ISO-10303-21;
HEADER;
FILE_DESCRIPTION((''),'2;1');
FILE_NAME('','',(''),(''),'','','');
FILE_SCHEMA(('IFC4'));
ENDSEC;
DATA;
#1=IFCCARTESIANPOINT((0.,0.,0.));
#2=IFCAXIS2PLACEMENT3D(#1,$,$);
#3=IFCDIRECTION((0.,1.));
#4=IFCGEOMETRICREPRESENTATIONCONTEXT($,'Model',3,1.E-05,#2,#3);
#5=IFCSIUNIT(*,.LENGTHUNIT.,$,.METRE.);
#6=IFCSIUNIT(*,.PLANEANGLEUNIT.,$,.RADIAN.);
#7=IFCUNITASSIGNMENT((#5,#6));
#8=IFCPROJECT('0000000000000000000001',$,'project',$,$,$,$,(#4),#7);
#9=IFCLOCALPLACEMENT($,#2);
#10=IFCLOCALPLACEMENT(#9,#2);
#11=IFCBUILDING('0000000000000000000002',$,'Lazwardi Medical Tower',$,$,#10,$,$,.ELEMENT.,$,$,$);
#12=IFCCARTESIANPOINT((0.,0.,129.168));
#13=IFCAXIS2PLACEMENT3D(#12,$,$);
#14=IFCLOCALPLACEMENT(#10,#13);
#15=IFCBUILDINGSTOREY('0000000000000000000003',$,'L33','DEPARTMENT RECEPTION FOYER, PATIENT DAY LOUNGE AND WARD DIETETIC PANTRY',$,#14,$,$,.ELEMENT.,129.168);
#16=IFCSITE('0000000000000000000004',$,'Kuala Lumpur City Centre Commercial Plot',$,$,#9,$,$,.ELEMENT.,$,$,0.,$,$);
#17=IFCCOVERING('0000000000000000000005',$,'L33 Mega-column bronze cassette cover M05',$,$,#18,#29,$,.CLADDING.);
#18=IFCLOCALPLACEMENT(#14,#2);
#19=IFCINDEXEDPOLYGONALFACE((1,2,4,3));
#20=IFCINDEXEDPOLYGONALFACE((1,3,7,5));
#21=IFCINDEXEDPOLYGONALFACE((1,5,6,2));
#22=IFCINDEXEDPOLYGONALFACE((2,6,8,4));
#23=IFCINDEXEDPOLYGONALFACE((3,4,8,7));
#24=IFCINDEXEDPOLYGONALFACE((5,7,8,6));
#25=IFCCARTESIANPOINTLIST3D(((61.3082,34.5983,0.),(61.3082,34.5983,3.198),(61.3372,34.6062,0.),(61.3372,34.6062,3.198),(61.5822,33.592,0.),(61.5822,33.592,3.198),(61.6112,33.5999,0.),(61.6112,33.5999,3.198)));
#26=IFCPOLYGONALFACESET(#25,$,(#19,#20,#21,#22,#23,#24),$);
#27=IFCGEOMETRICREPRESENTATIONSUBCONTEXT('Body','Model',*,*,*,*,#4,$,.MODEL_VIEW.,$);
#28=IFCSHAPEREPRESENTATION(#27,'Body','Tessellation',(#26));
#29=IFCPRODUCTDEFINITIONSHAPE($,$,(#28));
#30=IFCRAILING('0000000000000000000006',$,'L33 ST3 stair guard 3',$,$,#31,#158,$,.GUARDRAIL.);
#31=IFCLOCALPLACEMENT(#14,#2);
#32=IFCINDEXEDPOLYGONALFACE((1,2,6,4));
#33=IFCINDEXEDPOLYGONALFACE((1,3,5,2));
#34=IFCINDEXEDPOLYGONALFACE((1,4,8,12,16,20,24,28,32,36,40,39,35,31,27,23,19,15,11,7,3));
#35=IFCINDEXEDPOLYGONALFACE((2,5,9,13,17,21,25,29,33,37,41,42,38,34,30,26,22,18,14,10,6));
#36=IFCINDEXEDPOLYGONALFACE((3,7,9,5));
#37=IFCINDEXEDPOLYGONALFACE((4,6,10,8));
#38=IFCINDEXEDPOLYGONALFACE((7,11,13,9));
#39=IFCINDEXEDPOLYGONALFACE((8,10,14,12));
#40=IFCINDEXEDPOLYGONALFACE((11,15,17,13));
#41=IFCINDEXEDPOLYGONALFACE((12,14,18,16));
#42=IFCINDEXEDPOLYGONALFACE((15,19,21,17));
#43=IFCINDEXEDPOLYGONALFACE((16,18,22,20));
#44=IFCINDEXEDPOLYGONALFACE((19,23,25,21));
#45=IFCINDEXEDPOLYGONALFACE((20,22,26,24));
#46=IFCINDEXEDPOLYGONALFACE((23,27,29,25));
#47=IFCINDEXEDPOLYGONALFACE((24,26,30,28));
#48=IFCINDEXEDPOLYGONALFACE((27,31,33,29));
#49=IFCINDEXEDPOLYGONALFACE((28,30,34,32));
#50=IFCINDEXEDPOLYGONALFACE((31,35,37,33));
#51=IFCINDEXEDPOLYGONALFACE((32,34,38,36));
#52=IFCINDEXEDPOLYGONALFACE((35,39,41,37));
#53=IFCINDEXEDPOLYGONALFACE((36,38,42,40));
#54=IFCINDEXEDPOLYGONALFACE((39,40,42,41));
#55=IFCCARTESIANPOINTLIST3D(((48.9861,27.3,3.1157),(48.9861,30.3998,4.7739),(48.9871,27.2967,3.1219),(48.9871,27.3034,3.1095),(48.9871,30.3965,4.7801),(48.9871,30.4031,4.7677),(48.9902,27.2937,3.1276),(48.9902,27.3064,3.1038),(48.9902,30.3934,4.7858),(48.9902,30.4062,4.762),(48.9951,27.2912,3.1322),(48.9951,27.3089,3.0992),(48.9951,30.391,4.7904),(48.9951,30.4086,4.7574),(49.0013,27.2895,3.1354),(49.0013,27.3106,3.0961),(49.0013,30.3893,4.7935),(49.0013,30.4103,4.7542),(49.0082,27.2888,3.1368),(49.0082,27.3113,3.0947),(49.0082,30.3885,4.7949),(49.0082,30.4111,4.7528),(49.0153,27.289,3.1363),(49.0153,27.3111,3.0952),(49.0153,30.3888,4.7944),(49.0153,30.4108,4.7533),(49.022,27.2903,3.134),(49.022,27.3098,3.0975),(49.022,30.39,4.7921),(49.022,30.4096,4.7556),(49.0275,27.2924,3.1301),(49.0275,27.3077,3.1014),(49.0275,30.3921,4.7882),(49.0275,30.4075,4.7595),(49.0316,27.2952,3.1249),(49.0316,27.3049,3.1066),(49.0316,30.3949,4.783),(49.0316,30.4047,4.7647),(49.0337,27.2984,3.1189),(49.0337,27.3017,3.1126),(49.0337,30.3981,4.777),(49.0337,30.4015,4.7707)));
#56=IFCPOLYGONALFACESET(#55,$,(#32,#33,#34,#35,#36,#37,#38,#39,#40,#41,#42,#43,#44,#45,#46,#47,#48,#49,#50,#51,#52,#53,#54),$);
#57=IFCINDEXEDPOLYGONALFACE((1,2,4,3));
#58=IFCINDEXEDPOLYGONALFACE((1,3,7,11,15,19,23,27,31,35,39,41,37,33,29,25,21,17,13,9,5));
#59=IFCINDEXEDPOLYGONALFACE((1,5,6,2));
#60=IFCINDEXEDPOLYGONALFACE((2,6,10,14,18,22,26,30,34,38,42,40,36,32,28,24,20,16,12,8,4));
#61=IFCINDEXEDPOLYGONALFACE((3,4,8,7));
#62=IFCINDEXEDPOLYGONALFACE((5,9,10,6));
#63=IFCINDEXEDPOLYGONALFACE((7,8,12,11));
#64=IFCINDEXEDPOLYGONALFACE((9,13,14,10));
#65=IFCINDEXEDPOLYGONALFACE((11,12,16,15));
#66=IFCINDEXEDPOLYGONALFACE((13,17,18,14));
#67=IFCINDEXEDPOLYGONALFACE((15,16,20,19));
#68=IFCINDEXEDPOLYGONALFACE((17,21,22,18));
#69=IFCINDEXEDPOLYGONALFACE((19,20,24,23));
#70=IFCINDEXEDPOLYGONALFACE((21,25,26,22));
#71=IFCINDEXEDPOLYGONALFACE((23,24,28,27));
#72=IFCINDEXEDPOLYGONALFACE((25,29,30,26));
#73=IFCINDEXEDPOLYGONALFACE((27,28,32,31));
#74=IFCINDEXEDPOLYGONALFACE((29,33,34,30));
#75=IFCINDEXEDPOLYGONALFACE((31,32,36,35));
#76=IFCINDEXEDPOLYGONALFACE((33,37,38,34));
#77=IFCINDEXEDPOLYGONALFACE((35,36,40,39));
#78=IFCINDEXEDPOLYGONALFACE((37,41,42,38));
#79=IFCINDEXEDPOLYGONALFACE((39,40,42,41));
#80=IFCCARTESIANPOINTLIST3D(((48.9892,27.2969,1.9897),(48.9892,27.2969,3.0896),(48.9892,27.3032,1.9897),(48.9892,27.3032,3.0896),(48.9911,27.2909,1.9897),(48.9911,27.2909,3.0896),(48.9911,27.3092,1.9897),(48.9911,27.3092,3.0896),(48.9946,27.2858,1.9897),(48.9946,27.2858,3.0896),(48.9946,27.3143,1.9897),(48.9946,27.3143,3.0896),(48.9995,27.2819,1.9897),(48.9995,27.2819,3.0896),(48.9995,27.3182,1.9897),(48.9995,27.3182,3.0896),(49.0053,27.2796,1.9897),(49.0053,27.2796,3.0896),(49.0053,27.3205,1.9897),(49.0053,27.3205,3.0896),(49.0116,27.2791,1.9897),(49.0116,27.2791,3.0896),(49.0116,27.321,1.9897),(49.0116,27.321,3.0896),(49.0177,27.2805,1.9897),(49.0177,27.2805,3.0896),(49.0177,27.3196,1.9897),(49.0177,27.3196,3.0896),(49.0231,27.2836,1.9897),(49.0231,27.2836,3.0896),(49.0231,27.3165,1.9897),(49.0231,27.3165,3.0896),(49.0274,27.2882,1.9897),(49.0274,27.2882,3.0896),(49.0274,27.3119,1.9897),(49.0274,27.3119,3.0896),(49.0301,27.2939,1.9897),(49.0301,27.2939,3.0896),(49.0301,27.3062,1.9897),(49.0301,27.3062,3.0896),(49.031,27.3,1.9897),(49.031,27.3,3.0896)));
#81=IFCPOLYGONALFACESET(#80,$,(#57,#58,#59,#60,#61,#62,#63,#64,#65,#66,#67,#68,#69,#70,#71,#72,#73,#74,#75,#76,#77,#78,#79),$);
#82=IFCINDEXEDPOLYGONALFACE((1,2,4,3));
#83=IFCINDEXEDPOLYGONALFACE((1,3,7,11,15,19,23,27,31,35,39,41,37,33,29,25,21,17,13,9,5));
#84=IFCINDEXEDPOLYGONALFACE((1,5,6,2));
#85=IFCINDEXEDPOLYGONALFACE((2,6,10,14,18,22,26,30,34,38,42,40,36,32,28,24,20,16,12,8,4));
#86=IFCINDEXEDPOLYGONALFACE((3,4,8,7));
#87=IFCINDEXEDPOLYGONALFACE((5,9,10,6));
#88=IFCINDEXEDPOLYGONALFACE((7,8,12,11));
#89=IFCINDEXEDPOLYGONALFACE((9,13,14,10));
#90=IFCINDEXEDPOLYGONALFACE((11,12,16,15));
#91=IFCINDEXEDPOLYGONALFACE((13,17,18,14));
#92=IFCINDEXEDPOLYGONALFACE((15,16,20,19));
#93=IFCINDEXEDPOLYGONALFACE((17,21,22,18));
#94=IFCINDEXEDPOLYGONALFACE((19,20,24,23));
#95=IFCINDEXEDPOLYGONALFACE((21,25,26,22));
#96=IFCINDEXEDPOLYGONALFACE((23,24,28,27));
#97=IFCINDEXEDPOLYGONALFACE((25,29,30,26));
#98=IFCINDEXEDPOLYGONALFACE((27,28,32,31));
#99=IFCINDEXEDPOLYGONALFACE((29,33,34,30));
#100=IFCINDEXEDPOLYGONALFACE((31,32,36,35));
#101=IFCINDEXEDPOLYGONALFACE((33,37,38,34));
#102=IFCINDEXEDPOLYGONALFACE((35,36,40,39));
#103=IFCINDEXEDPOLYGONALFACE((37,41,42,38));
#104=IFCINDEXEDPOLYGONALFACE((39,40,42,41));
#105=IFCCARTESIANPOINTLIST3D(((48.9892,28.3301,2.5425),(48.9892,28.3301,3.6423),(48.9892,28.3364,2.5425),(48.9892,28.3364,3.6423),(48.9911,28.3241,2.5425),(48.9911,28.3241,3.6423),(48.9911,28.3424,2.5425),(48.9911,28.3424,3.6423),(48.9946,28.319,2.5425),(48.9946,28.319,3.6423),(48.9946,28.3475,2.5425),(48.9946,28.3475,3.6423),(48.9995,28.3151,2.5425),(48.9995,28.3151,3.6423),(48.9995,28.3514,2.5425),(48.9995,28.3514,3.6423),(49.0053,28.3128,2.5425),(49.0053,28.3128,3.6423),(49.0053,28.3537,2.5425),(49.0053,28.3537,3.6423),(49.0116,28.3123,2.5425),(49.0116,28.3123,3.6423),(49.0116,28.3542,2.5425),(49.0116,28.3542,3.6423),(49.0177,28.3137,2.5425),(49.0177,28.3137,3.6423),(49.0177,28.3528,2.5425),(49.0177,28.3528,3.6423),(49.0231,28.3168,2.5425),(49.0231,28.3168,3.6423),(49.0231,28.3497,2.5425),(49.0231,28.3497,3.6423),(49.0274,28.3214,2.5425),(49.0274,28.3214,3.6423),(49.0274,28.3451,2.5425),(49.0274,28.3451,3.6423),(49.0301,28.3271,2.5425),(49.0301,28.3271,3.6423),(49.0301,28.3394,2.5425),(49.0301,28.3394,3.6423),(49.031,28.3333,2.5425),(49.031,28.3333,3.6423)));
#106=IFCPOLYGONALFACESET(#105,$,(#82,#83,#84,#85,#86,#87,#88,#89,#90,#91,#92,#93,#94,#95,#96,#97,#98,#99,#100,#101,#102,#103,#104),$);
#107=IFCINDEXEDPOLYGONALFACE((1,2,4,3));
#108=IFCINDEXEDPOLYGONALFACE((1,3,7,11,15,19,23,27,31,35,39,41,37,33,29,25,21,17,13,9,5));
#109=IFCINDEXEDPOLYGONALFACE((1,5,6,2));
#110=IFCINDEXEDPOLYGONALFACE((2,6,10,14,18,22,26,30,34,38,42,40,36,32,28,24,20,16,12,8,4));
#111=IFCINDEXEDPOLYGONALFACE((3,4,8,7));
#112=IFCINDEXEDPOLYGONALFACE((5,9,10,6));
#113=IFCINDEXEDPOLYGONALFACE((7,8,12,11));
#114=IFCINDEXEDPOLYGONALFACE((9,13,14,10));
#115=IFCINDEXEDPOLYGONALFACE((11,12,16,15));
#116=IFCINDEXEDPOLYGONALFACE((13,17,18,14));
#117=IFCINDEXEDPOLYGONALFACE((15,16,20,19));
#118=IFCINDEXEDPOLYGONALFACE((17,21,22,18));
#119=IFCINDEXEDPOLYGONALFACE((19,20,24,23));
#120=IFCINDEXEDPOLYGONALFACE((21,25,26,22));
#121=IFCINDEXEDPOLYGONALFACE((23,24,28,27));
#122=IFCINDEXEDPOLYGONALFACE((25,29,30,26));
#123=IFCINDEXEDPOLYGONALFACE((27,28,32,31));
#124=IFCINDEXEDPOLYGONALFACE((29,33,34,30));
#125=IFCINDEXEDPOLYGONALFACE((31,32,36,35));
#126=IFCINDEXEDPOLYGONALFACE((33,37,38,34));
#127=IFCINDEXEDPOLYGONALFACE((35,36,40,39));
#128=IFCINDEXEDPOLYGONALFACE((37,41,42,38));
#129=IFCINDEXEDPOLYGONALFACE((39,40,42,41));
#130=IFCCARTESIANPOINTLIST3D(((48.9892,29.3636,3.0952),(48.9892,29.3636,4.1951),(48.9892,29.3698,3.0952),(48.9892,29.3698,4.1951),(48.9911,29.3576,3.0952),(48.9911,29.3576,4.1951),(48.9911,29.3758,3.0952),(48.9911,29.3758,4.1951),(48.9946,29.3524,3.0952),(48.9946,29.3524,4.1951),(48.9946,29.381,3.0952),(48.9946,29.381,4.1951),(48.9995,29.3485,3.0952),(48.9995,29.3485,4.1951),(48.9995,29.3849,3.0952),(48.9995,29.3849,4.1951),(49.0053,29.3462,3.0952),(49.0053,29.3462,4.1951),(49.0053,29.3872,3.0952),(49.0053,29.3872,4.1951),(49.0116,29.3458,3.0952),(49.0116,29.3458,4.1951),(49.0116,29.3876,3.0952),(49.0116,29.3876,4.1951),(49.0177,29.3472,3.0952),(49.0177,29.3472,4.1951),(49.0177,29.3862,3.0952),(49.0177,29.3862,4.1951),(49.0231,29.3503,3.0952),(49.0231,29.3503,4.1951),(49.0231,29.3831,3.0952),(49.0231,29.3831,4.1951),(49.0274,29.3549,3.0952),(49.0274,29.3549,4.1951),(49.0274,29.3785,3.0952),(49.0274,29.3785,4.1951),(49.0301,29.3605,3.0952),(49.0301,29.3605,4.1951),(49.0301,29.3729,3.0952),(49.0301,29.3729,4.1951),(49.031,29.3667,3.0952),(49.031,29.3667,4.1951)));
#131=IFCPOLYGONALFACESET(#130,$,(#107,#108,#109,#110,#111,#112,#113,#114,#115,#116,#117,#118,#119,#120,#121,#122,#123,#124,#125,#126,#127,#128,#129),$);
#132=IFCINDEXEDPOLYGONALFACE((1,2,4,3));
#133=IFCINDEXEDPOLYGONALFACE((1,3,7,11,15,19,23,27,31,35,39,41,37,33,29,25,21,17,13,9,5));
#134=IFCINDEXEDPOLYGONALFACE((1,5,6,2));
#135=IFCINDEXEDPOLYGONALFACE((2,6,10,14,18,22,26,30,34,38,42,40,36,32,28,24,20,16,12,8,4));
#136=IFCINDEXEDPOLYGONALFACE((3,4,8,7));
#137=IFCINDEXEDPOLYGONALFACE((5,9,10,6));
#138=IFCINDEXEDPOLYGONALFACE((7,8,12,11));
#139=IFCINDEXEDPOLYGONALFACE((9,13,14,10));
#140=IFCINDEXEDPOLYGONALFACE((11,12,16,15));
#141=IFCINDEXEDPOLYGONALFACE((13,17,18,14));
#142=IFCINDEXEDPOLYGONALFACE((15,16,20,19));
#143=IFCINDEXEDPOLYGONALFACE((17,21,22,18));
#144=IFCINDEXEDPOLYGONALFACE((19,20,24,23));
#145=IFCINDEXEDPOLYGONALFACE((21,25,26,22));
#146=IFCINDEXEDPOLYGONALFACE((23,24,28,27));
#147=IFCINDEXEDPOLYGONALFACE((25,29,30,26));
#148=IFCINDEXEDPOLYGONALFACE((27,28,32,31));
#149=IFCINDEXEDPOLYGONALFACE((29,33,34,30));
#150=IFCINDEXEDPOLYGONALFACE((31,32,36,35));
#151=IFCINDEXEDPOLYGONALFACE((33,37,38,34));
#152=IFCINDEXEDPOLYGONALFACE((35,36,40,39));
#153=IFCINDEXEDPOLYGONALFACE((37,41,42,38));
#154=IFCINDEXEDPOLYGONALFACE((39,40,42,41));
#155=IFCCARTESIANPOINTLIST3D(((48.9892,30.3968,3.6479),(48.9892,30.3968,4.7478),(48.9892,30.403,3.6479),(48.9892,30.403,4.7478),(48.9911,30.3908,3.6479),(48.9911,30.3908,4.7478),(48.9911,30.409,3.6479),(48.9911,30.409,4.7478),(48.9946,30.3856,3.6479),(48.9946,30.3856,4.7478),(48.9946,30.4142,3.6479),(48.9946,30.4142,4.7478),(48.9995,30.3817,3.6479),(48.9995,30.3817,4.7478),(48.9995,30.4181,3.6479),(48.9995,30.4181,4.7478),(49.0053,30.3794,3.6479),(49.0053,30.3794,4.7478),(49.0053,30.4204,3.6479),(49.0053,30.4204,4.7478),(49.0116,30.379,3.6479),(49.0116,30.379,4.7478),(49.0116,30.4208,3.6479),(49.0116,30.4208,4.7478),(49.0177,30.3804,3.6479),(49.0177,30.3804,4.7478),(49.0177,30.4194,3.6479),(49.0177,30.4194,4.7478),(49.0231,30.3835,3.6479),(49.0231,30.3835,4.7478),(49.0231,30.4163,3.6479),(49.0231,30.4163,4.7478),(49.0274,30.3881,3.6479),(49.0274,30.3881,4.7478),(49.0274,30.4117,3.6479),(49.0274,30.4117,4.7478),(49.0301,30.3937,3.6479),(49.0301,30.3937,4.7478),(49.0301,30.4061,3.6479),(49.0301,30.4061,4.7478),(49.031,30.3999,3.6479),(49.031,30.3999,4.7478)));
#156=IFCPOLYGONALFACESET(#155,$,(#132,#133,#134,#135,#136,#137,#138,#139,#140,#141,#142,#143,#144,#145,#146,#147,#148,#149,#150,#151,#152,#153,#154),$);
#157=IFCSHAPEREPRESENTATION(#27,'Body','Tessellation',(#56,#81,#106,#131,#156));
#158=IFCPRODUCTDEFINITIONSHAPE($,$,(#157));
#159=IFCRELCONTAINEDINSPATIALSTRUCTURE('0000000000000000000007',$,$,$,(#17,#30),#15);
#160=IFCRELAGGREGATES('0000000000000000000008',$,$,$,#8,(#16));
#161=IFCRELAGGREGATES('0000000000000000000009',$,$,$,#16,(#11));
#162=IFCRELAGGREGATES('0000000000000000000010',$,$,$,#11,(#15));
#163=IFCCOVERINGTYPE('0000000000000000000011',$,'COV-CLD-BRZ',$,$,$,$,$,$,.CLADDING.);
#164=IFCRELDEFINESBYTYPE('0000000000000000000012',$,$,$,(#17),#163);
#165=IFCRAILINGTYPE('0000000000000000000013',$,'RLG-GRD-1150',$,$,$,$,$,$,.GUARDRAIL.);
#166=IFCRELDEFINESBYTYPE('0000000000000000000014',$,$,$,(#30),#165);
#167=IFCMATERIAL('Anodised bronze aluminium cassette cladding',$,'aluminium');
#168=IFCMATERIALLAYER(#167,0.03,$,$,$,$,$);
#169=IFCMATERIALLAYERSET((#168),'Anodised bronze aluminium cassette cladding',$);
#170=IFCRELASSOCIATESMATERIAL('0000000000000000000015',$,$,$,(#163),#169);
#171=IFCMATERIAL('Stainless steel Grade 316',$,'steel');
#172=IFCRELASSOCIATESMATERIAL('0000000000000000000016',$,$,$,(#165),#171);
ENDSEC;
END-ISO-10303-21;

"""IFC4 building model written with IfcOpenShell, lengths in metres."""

from ifc_helpers import new_model, si_unit, direction, frame, origin, origin_2d, place, context, subcontext, project, spatial, rectangle, circle, extrude, material, layer, layer_set, type_object, element, save


model = new_model("IFC4")

# Units and contexts
model_context = context("Model", 3, precision=1e-05, world=origin(), true_north=direction((0.0, 1.0)))
body_context = subcontext(model_context, "Body", "Model", "MODEL_VIEW")
ifc_project = project(units=[si_unit("LENGTHUNIT", "METRE"), si_unit("PLANEANGLEUNIT", "RADIAN")], contexts=[model_context])

# Site, building, storey
site_placement = place(None, origin())
site = spatial("IfcSite", under=ifc_project, at=site_placement, Name="Kuala Lumpur City Centre Commercial Plot", CompositionType="ELEMENT", RefElevation=0.0)
building_placement = place(site_placement, origin())
building = spatial("IfcBuilding", under=site, at=building_placement, Name="Lazwardi Medical Tower", CompositionType="ELEMENT")
storey_placement = place(building_placement, frame((0.0, 0.0, 129.168)))
storey = spatial("IfcBuildingStorey", under=building, at=storey_placement, Name="L33", Description="DEPARTMENT RECEPTION FOYER, PATIENT DAY LOUNGE AND WARD DIETETIC PANTRY", CompositionType="ELEMENT", Elevation=129.168)

# Covering
ifc_material_1 = material(Name="Anodised bronze aluminium cassette cladding", Category="aluminium")
ifc_layer_1 = layer(ifc_material_1, 0.03)
ifc_layer_set_1 = layer_set([ifc_layer_1], Name="Anodised bronze aluminium cassette cladding")
covering_type = type_object("IfcCoveringType", Name="COV-CLD-BRZ", PredefinedType="CLADDING", material=ifc_layer_set_1)
covering_placement = place(storey_placement, frame((61.4597, 34.0991, 0.0), z_axis=(0.0, 0.0, 1.0), x_axis=(-0.262696, 0.964879, 0.0)))
element("IfcCovering", 1, at=covering_placement, inside=storey, type_object=covering_type, Name="L33 Mega-column bronze cassette cover M05", PredefinedType="CLADDING", context=body_context, shape_type="SweptSolid", body=[
    extrude(rectangle(XDim=1.043, YDim=0.03, at=origin_2d()), origin(), (0.0, 0.0, 1.0), 3.198),
])

# Railing
ifc_material_2 = material(Name="Stainless steel Grade 316", Category="steel")
railing_type_1 = type_object("IfcRailingType", Name="RLG-GRD-1150", PredefinedType="GUARDRAIL", material=ifc_material_2)
railing_1_placement = place(storey_placement, frame((49.01, 27.3, 1.9897)))
element("IfcRailing", 2, at=railing_1_placement, inside=storey, type_object=railing_type_1, Name="L33 ST3 stair guard 3", PredefinedType="GUARDRAIL", context=body_context, shape_type="SweptSolid", body=[
    extrude(circle(Radius=0.0239, at=origin_2d()), frame((0.0, 0.0, 1.126), z_axis=(0.0, 0.881768, 0.471684), x_axis=(-1.0, 0.0, 0.0)), (0.0, 0.0, 1.0), 3.5154),
    extrude(circle(Radius=0.021, at=origin_2d()), origin(), (0.0, 0.0, 1.0), 1.0999),
    extrude(circle(Radius=0.021, at=origin_2d()), frame((0.0, 1.0332, 0.5527)), (0.0, 0.0, 1.0), 1.0999),
    extrude(circle(Radius=0.021, at=origin_2d()), frame((0.0, 2.0667, 1.1055)), (0.0, 0.0, 1.0), 1.0999),
    extrude(circle(Radius=0.021, at=origin_2d()), frame((0.0, 3.0999, 1.6582)), (0.0, 0.0, 1.0), 1.0999),
])

save(model, "model.ifc")
